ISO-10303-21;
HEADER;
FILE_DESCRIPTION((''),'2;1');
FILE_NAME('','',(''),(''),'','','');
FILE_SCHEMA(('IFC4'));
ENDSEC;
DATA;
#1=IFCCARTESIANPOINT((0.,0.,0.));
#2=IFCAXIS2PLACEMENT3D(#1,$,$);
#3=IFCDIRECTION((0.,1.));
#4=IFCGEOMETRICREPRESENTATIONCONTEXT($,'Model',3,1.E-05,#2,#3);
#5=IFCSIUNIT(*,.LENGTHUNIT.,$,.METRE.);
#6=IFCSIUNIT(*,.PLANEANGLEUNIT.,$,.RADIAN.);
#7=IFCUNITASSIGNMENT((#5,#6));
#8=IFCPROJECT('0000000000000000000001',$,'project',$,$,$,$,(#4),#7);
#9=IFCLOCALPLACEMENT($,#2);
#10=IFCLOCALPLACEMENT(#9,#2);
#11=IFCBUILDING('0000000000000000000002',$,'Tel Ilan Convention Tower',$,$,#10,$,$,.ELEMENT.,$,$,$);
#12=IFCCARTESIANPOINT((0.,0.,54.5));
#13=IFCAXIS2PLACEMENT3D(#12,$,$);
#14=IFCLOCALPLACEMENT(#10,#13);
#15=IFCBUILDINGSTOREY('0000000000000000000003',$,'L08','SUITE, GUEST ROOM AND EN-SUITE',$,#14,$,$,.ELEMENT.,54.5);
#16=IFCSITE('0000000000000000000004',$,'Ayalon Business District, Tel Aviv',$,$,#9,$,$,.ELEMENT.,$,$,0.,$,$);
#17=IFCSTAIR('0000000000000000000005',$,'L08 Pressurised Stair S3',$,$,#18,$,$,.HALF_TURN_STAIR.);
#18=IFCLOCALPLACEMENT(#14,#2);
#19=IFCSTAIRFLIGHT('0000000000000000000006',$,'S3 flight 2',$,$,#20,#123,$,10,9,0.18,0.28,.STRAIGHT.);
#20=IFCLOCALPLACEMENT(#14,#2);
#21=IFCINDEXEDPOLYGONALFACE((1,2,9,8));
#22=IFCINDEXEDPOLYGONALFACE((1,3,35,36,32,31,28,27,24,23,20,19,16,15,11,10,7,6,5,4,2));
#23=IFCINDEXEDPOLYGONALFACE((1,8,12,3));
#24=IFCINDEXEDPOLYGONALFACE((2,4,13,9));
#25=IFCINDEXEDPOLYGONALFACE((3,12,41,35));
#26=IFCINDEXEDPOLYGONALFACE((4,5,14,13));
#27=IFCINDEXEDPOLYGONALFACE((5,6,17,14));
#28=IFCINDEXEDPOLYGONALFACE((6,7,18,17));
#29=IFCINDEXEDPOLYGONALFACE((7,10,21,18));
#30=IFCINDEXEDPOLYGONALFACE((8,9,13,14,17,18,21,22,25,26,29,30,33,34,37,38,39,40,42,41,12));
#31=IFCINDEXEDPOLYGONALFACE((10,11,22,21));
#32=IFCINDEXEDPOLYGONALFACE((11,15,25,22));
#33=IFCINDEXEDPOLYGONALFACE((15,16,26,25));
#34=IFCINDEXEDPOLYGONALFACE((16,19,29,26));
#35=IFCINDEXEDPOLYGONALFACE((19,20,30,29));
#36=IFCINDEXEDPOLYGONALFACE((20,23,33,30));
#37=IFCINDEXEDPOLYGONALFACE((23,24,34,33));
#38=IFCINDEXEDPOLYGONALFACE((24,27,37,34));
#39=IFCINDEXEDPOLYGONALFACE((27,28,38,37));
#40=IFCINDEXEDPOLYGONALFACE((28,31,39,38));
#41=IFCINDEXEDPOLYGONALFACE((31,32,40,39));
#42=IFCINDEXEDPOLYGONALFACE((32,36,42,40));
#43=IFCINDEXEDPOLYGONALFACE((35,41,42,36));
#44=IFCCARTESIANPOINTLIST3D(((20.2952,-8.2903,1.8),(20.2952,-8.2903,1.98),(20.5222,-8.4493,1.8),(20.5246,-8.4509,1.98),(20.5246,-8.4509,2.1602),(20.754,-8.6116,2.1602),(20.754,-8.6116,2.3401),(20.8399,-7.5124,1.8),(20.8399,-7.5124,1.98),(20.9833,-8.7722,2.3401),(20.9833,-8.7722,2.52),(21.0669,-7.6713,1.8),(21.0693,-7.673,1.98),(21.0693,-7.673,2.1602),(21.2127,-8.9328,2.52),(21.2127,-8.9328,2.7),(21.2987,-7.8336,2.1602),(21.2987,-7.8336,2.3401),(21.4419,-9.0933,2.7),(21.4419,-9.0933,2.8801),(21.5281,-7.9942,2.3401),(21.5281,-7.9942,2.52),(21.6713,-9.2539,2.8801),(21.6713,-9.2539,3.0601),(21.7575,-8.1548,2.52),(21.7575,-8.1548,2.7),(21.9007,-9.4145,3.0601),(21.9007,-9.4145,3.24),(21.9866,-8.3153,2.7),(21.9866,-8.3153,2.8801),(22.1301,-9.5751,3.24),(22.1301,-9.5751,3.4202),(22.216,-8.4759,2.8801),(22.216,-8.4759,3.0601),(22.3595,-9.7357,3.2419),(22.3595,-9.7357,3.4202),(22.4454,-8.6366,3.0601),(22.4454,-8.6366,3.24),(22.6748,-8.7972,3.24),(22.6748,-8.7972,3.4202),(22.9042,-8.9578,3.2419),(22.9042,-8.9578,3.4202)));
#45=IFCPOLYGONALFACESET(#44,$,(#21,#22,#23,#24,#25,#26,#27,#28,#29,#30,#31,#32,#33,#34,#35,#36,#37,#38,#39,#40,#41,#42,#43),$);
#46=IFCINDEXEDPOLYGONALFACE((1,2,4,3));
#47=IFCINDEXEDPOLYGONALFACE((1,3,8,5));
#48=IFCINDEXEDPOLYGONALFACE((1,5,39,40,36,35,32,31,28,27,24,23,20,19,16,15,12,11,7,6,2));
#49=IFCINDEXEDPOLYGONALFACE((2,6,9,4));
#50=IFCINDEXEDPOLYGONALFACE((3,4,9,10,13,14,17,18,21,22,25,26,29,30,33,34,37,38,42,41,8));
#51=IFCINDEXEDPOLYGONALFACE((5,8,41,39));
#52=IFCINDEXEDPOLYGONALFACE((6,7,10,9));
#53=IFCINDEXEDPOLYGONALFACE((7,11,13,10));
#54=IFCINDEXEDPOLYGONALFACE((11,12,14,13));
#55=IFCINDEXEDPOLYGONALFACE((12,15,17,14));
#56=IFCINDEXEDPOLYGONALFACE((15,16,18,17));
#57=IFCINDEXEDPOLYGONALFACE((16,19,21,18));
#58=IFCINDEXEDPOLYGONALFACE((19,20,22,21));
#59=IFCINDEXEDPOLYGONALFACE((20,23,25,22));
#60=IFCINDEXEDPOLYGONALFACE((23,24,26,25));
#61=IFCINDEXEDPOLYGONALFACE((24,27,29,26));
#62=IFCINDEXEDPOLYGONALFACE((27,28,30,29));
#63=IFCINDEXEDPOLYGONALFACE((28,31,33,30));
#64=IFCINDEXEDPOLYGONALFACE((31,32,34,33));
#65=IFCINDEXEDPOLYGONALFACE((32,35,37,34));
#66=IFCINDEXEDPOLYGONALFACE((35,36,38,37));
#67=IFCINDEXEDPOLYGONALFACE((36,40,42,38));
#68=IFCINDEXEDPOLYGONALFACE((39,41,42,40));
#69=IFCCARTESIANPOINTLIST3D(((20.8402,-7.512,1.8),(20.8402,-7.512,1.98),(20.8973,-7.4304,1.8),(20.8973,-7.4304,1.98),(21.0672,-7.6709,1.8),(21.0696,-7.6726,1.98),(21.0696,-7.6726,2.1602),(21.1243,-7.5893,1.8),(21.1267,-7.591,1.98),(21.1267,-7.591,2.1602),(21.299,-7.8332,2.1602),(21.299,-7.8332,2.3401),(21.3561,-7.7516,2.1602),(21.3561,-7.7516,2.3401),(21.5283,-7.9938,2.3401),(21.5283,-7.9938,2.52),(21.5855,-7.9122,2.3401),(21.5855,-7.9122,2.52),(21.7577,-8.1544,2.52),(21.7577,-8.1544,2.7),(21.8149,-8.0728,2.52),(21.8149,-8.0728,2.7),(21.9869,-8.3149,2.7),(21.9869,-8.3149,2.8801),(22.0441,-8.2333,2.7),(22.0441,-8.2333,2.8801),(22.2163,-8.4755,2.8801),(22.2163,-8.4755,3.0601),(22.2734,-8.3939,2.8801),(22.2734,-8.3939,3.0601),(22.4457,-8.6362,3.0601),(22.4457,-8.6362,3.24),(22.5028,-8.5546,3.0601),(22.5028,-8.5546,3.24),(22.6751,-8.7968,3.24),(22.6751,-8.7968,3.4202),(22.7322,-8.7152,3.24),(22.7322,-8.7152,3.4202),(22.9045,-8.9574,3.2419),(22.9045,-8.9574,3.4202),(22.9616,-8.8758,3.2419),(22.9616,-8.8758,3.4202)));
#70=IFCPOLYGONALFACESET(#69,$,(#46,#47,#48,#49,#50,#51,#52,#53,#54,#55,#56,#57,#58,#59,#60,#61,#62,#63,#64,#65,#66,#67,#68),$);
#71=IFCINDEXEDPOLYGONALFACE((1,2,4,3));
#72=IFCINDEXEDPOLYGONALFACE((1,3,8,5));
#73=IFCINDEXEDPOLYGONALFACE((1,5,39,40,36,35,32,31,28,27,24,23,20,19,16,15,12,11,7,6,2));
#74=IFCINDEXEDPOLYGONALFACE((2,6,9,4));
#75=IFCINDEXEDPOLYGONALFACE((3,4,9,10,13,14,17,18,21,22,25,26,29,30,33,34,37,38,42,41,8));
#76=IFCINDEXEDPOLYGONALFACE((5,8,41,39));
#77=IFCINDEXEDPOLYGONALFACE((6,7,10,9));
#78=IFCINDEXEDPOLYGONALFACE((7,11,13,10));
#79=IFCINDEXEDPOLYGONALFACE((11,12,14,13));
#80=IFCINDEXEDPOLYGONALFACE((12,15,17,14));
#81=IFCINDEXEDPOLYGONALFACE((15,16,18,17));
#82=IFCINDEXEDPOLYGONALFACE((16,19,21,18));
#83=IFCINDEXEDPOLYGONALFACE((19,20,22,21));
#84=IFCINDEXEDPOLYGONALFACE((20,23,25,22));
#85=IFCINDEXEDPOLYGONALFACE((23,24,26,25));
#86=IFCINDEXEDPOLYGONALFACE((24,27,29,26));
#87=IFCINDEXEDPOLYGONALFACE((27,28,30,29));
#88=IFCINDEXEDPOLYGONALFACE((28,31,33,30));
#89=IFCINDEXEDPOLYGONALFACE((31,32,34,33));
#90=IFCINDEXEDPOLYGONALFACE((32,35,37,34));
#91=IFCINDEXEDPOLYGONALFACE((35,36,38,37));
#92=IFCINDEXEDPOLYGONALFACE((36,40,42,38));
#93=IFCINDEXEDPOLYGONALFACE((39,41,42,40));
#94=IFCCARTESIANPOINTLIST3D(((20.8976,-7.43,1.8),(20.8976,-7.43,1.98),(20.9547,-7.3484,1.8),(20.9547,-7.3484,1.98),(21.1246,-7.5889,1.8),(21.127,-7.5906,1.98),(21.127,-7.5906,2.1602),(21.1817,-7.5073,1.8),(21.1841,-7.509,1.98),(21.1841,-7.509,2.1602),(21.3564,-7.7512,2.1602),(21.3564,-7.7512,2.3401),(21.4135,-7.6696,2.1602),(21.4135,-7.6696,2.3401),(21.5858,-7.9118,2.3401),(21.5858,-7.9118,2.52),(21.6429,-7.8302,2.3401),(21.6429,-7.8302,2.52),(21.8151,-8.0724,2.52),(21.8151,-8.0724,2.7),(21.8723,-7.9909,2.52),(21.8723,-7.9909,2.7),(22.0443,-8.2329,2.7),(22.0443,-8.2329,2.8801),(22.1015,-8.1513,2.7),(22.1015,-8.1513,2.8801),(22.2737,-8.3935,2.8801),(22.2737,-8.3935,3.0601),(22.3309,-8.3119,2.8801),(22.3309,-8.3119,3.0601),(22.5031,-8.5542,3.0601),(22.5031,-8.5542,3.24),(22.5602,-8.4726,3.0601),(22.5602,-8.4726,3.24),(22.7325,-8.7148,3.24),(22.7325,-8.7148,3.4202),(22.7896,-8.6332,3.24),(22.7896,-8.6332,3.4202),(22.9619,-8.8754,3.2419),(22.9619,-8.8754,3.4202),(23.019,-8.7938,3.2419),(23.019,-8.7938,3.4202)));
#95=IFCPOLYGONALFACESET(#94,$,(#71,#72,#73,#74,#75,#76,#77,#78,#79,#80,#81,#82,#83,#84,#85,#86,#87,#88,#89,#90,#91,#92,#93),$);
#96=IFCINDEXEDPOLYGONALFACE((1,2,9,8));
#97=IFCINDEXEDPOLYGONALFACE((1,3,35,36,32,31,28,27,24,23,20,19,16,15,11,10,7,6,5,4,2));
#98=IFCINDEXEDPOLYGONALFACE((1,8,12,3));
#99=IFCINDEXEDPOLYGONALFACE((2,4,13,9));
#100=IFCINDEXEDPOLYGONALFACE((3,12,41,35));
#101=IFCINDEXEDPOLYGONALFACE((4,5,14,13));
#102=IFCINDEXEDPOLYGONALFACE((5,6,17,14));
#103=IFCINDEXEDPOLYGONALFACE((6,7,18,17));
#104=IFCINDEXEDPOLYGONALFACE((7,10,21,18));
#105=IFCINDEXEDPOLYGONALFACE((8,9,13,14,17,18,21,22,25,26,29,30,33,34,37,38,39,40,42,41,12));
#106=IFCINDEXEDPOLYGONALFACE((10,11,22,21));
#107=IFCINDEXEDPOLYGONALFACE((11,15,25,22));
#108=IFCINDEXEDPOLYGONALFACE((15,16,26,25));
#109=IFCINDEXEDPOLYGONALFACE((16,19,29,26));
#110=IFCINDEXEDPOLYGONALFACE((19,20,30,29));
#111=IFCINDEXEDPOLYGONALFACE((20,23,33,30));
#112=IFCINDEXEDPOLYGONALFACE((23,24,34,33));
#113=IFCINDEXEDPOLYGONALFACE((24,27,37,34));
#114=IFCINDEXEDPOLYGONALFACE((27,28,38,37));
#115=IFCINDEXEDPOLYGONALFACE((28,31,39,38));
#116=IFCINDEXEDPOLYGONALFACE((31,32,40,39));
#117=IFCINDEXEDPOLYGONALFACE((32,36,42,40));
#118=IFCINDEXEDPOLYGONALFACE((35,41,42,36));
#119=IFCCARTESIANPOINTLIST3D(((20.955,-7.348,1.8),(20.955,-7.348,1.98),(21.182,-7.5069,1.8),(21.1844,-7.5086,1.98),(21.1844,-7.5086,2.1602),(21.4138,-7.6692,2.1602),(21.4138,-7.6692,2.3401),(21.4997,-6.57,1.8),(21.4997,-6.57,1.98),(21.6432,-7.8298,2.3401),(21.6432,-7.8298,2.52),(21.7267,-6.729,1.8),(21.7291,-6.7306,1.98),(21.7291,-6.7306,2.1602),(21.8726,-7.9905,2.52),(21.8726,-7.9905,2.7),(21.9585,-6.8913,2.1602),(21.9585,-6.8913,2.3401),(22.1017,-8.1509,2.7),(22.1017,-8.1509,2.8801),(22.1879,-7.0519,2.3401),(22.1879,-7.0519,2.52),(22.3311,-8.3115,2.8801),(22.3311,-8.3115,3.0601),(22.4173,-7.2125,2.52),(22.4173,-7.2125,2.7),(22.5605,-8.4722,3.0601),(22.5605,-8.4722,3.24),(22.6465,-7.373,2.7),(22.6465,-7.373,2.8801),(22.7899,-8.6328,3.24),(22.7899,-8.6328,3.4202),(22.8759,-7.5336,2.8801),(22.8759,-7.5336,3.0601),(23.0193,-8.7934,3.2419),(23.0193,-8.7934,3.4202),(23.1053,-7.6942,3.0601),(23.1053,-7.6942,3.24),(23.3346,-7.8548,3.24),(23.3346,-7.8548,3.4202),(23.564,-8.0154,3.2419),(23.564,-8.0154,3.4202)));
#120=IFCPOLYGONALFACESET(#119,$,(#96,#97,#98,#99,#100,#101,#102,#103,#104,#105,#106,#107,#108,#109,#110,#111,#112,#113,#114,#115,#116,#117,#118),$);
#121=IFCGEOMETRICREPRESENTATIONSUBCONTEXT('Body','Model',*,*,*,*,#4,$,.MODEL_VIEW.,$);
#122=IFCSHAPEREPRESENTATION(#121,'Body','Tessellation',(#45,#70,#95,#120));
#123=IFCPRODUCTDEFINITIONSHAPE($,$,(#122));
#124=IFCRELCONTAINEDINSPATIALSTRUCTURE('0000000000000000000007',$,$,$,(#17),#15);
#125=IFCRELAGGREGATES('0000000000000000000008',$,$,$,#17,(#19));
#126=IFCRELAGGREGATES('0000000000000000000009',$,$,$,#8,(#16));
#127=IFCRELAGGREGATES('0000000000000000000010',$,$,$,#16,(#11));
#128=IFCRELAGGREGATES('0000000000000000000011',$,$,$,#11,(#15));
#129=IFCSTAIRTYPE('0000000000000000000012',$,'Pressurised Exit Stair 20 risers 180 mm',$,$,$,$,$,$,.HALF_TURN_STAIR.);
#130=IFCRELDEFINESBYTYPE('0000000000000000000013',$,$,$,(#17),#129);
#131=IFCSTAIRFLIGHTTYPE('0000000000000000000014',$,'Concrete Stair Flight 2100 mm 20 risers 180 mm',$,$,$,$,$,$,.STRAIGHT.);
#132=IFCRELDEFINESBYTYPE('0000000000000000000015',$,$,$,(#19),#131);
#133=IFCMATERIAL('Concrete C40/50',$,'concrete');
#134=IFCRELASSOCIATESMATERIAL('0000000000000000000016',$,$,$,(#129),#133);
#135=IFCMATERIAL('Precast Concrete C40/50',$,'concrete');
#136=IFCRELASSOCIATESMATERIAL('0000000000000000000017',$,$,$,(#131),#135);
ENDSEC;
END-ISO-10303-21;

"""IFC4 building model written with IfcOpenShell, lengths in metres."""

from ifc_helpers import new_model, si_unit, direction, frame, origin, place, context, subcontext, project, spatial, polyline, outline, extrude, material, type_object, element, aggregate, save


model = new_model("IFC4")

# Units and contexts
model_context = context("Model", 3, precision=1e-05, world=origin(), true_north=direction((0.0, 1.0)))
body_context = subcontext(model_context, "Body", "Model", "MODEL_VIEW")
ifc_project = project(units=[si_unit("LENGTHUNIT", "METRE"), si_unit("PLANEANGLEUNIT", "RADIAN")], contexts=[model_context])

# Site, building, storey
site_placement = place(None, origin())
site = spatial("IfcSite", under=ifc_project, at=site_placement, Name="Ayalon Business District, Tel Aviv", CompositionType="ELEMENT", RefElevation=0.0)
building_placement = place(site_placement, origin())
building = spatial("IfcBuilding", under=site, at=building_placement, Name="Tel Ilan Convention Tower", CompositionType="ELEMENT")
storey_placement = place(building_placement, frame((0.0, 0.0, 54.5)))
storey = spatial("IfcBuildingStorey", under=building, at=storey_placement, Name="L08", Description="SUITE, GUEST ROOM AND EN-SUITE", CompositionType="ELEMENT", Elevation=54.5)

# Stair, stair flight
ifc_material_1 = material(Name="Concrete C40/50", Category="concrete")
stair_type = type_object("IfcStairType", Name="Pressurised Exit Stair 20 risers 180 mm", PredefinedType="HALF_TURN_STAIR", material=ifc_material_1)
stair_1_placement = place(storey_placement, origin())
stair_1 = element("IfcStair", 1, at=stair_1_placement, inside=storey, type_object=stair_type, Name="L08 Pressurised Stair S3", PredefinedType="HALF_TURN_STAIR")
ifc_material_2 = material(Name="Precast Concrete C40/50", Category="concrete")
stair_flight_type = type_object("IfcStairFlightType", Name="Concrete Stair Flight 2100 mm 20 risers 180 mm", PredefinedType="STRAIGHT", material=ifc_material_2)
stair_flight_1_placement = place(storey_placement, frame((20.8975, -7.4302, 1.8), z_axis=(0.0, 0.0, 1.0), x_axis=(0.819152, -0.573576, 0.0)))
stair_flight_1 = element("IfcStairFlight", 2, at=stair_flight_1_placement, type_object=stair_flight_type, Name="S3 flight 2", NumberOfRisers=10, NumberOfTreads=9, PredefinedType="STRAIGHT", RiserHeight=0.18, TreadLength=0.28, context=body_context, shape_type="SweptSolid", body=[
    extrude(outline(polyline([(0.0, 0.0), (0.0, 0.1799), (0.28, 0.1799), (0.28, 0.3601), (0.5601, 0.3601), (0.5601, 0.54), (0.8401, 0.54), (0.8401, 0.72), (1.1201, 0.72), (1.1201, 0.8999), (1.3999, 0.8999), (1.3999, 1.0801), (1.6799, 1.0801), (1.6799, 1.26), (1.96, 1.26), (1.96, 1.4399), (2.24, 1.4399), (2.24, 1.6201), (2.52, 1.6201), (2.52, 1.8), (2.52, 1.4419), (0.2771, 0.0), (0.0, 0.0)])), frame((0.0, -0.1003, 0.0), z_axis=(0.0, -1.0, 0.0), x_axis=(1.0, 0.0, 0.0)), (0.0, 0.0, 1.0), 0.9497),
    extrude(outline(polyline([(0.0, 0.0), (0.0, 0.1799), (0.28, 0.1799), (0.28, 0.3601), (0.5601, 0.3601), (0.5601, 0.54), (0.8401, 0.54), (0.8401, 0.72), (1.1201, 0.72), (1.1201, 0.8999), (1.3999, 0.8999), (1.3999, 1.0801), (1.6799, 1.0801), (1.6799, 1.26), (1.96, 1.26), (1.96, 1.4399), (2.24, 1.4399), (2.24, 1.6201), (2.52, 1.6201), (2.52, 1.8), (2.52, 1.4419), (0.2771, 0.0), (0.0, 0.0)])), frame((0.0, -0.0002, 0.0), z_axis=(0.0, -1.0, 0.0), x_axis=(1.0, 0.0, 0.0)), (0.0, 0.0, 1.0), 0.0996),
    extrude(outline(polyline([(0.0, 0.0), (0.0, 0.1799), (0.28, 0.1799), (0.28, 0.3601), (0.5601, 0.3601), (0.5601, 0.54), (0.8401, 0.54), (0.8401, 0.72), (1.1201, 0.72), (1.1201, 0.8999), (1.3999, 0.8999), (1.3999, 1.0801), (1.6799, 1.0801), (1.6799, 1.26), (1.96, 1.26), (1.96, 1.4399), (2.24, 1.4399), (2.24, 1.6201), (2.52, 1.6201), (2.52, 1.8), (2.52, 1.4419), (0.2771, 0.0), (0.0, 0.0)])), frame((0.0, 0.0999, 0.0), z_axis=(0.0, -1.0, 0.0), x_axis=(1.0, 0.0, 0.0)), (0.0, 0.0, 1.0), 0.0996),
    extrude(outline(polyline([(0.0, 0.0), (0.0, 0.1799), (0.28, 0.1799), (0.28, 0.3601), (0.5601, 0.3601), (0.5601, 0.54), (0.8401, 0.54), (0.8401, 0.72), (1.1201, 0.72), (1.1201, 0.8999), (1.3999, 0.8999), (1.3999, 1.0801), (1.6799, 1.0801), (1.6799, 1.26), (1.96, 1.26), (1.96, 1.4399), (2.24, 1.4399), (2.24, 1.6201), (2.52, 1.6201), (2.52, 1.8), (2.52, 1.4419), (0.2771, 0.0), (0.0, 0.0)])), frame((0.0, 1.05, 0.0), z_axis=(0.0, -1.0, 0.0), x_axis=(1.0, 0.0, 0.0)), (0.0, 0.0, 1.0), 0.9497),
])
aggregate(stair_1, [stair_flight_1])

save(model, "model.ifc")
